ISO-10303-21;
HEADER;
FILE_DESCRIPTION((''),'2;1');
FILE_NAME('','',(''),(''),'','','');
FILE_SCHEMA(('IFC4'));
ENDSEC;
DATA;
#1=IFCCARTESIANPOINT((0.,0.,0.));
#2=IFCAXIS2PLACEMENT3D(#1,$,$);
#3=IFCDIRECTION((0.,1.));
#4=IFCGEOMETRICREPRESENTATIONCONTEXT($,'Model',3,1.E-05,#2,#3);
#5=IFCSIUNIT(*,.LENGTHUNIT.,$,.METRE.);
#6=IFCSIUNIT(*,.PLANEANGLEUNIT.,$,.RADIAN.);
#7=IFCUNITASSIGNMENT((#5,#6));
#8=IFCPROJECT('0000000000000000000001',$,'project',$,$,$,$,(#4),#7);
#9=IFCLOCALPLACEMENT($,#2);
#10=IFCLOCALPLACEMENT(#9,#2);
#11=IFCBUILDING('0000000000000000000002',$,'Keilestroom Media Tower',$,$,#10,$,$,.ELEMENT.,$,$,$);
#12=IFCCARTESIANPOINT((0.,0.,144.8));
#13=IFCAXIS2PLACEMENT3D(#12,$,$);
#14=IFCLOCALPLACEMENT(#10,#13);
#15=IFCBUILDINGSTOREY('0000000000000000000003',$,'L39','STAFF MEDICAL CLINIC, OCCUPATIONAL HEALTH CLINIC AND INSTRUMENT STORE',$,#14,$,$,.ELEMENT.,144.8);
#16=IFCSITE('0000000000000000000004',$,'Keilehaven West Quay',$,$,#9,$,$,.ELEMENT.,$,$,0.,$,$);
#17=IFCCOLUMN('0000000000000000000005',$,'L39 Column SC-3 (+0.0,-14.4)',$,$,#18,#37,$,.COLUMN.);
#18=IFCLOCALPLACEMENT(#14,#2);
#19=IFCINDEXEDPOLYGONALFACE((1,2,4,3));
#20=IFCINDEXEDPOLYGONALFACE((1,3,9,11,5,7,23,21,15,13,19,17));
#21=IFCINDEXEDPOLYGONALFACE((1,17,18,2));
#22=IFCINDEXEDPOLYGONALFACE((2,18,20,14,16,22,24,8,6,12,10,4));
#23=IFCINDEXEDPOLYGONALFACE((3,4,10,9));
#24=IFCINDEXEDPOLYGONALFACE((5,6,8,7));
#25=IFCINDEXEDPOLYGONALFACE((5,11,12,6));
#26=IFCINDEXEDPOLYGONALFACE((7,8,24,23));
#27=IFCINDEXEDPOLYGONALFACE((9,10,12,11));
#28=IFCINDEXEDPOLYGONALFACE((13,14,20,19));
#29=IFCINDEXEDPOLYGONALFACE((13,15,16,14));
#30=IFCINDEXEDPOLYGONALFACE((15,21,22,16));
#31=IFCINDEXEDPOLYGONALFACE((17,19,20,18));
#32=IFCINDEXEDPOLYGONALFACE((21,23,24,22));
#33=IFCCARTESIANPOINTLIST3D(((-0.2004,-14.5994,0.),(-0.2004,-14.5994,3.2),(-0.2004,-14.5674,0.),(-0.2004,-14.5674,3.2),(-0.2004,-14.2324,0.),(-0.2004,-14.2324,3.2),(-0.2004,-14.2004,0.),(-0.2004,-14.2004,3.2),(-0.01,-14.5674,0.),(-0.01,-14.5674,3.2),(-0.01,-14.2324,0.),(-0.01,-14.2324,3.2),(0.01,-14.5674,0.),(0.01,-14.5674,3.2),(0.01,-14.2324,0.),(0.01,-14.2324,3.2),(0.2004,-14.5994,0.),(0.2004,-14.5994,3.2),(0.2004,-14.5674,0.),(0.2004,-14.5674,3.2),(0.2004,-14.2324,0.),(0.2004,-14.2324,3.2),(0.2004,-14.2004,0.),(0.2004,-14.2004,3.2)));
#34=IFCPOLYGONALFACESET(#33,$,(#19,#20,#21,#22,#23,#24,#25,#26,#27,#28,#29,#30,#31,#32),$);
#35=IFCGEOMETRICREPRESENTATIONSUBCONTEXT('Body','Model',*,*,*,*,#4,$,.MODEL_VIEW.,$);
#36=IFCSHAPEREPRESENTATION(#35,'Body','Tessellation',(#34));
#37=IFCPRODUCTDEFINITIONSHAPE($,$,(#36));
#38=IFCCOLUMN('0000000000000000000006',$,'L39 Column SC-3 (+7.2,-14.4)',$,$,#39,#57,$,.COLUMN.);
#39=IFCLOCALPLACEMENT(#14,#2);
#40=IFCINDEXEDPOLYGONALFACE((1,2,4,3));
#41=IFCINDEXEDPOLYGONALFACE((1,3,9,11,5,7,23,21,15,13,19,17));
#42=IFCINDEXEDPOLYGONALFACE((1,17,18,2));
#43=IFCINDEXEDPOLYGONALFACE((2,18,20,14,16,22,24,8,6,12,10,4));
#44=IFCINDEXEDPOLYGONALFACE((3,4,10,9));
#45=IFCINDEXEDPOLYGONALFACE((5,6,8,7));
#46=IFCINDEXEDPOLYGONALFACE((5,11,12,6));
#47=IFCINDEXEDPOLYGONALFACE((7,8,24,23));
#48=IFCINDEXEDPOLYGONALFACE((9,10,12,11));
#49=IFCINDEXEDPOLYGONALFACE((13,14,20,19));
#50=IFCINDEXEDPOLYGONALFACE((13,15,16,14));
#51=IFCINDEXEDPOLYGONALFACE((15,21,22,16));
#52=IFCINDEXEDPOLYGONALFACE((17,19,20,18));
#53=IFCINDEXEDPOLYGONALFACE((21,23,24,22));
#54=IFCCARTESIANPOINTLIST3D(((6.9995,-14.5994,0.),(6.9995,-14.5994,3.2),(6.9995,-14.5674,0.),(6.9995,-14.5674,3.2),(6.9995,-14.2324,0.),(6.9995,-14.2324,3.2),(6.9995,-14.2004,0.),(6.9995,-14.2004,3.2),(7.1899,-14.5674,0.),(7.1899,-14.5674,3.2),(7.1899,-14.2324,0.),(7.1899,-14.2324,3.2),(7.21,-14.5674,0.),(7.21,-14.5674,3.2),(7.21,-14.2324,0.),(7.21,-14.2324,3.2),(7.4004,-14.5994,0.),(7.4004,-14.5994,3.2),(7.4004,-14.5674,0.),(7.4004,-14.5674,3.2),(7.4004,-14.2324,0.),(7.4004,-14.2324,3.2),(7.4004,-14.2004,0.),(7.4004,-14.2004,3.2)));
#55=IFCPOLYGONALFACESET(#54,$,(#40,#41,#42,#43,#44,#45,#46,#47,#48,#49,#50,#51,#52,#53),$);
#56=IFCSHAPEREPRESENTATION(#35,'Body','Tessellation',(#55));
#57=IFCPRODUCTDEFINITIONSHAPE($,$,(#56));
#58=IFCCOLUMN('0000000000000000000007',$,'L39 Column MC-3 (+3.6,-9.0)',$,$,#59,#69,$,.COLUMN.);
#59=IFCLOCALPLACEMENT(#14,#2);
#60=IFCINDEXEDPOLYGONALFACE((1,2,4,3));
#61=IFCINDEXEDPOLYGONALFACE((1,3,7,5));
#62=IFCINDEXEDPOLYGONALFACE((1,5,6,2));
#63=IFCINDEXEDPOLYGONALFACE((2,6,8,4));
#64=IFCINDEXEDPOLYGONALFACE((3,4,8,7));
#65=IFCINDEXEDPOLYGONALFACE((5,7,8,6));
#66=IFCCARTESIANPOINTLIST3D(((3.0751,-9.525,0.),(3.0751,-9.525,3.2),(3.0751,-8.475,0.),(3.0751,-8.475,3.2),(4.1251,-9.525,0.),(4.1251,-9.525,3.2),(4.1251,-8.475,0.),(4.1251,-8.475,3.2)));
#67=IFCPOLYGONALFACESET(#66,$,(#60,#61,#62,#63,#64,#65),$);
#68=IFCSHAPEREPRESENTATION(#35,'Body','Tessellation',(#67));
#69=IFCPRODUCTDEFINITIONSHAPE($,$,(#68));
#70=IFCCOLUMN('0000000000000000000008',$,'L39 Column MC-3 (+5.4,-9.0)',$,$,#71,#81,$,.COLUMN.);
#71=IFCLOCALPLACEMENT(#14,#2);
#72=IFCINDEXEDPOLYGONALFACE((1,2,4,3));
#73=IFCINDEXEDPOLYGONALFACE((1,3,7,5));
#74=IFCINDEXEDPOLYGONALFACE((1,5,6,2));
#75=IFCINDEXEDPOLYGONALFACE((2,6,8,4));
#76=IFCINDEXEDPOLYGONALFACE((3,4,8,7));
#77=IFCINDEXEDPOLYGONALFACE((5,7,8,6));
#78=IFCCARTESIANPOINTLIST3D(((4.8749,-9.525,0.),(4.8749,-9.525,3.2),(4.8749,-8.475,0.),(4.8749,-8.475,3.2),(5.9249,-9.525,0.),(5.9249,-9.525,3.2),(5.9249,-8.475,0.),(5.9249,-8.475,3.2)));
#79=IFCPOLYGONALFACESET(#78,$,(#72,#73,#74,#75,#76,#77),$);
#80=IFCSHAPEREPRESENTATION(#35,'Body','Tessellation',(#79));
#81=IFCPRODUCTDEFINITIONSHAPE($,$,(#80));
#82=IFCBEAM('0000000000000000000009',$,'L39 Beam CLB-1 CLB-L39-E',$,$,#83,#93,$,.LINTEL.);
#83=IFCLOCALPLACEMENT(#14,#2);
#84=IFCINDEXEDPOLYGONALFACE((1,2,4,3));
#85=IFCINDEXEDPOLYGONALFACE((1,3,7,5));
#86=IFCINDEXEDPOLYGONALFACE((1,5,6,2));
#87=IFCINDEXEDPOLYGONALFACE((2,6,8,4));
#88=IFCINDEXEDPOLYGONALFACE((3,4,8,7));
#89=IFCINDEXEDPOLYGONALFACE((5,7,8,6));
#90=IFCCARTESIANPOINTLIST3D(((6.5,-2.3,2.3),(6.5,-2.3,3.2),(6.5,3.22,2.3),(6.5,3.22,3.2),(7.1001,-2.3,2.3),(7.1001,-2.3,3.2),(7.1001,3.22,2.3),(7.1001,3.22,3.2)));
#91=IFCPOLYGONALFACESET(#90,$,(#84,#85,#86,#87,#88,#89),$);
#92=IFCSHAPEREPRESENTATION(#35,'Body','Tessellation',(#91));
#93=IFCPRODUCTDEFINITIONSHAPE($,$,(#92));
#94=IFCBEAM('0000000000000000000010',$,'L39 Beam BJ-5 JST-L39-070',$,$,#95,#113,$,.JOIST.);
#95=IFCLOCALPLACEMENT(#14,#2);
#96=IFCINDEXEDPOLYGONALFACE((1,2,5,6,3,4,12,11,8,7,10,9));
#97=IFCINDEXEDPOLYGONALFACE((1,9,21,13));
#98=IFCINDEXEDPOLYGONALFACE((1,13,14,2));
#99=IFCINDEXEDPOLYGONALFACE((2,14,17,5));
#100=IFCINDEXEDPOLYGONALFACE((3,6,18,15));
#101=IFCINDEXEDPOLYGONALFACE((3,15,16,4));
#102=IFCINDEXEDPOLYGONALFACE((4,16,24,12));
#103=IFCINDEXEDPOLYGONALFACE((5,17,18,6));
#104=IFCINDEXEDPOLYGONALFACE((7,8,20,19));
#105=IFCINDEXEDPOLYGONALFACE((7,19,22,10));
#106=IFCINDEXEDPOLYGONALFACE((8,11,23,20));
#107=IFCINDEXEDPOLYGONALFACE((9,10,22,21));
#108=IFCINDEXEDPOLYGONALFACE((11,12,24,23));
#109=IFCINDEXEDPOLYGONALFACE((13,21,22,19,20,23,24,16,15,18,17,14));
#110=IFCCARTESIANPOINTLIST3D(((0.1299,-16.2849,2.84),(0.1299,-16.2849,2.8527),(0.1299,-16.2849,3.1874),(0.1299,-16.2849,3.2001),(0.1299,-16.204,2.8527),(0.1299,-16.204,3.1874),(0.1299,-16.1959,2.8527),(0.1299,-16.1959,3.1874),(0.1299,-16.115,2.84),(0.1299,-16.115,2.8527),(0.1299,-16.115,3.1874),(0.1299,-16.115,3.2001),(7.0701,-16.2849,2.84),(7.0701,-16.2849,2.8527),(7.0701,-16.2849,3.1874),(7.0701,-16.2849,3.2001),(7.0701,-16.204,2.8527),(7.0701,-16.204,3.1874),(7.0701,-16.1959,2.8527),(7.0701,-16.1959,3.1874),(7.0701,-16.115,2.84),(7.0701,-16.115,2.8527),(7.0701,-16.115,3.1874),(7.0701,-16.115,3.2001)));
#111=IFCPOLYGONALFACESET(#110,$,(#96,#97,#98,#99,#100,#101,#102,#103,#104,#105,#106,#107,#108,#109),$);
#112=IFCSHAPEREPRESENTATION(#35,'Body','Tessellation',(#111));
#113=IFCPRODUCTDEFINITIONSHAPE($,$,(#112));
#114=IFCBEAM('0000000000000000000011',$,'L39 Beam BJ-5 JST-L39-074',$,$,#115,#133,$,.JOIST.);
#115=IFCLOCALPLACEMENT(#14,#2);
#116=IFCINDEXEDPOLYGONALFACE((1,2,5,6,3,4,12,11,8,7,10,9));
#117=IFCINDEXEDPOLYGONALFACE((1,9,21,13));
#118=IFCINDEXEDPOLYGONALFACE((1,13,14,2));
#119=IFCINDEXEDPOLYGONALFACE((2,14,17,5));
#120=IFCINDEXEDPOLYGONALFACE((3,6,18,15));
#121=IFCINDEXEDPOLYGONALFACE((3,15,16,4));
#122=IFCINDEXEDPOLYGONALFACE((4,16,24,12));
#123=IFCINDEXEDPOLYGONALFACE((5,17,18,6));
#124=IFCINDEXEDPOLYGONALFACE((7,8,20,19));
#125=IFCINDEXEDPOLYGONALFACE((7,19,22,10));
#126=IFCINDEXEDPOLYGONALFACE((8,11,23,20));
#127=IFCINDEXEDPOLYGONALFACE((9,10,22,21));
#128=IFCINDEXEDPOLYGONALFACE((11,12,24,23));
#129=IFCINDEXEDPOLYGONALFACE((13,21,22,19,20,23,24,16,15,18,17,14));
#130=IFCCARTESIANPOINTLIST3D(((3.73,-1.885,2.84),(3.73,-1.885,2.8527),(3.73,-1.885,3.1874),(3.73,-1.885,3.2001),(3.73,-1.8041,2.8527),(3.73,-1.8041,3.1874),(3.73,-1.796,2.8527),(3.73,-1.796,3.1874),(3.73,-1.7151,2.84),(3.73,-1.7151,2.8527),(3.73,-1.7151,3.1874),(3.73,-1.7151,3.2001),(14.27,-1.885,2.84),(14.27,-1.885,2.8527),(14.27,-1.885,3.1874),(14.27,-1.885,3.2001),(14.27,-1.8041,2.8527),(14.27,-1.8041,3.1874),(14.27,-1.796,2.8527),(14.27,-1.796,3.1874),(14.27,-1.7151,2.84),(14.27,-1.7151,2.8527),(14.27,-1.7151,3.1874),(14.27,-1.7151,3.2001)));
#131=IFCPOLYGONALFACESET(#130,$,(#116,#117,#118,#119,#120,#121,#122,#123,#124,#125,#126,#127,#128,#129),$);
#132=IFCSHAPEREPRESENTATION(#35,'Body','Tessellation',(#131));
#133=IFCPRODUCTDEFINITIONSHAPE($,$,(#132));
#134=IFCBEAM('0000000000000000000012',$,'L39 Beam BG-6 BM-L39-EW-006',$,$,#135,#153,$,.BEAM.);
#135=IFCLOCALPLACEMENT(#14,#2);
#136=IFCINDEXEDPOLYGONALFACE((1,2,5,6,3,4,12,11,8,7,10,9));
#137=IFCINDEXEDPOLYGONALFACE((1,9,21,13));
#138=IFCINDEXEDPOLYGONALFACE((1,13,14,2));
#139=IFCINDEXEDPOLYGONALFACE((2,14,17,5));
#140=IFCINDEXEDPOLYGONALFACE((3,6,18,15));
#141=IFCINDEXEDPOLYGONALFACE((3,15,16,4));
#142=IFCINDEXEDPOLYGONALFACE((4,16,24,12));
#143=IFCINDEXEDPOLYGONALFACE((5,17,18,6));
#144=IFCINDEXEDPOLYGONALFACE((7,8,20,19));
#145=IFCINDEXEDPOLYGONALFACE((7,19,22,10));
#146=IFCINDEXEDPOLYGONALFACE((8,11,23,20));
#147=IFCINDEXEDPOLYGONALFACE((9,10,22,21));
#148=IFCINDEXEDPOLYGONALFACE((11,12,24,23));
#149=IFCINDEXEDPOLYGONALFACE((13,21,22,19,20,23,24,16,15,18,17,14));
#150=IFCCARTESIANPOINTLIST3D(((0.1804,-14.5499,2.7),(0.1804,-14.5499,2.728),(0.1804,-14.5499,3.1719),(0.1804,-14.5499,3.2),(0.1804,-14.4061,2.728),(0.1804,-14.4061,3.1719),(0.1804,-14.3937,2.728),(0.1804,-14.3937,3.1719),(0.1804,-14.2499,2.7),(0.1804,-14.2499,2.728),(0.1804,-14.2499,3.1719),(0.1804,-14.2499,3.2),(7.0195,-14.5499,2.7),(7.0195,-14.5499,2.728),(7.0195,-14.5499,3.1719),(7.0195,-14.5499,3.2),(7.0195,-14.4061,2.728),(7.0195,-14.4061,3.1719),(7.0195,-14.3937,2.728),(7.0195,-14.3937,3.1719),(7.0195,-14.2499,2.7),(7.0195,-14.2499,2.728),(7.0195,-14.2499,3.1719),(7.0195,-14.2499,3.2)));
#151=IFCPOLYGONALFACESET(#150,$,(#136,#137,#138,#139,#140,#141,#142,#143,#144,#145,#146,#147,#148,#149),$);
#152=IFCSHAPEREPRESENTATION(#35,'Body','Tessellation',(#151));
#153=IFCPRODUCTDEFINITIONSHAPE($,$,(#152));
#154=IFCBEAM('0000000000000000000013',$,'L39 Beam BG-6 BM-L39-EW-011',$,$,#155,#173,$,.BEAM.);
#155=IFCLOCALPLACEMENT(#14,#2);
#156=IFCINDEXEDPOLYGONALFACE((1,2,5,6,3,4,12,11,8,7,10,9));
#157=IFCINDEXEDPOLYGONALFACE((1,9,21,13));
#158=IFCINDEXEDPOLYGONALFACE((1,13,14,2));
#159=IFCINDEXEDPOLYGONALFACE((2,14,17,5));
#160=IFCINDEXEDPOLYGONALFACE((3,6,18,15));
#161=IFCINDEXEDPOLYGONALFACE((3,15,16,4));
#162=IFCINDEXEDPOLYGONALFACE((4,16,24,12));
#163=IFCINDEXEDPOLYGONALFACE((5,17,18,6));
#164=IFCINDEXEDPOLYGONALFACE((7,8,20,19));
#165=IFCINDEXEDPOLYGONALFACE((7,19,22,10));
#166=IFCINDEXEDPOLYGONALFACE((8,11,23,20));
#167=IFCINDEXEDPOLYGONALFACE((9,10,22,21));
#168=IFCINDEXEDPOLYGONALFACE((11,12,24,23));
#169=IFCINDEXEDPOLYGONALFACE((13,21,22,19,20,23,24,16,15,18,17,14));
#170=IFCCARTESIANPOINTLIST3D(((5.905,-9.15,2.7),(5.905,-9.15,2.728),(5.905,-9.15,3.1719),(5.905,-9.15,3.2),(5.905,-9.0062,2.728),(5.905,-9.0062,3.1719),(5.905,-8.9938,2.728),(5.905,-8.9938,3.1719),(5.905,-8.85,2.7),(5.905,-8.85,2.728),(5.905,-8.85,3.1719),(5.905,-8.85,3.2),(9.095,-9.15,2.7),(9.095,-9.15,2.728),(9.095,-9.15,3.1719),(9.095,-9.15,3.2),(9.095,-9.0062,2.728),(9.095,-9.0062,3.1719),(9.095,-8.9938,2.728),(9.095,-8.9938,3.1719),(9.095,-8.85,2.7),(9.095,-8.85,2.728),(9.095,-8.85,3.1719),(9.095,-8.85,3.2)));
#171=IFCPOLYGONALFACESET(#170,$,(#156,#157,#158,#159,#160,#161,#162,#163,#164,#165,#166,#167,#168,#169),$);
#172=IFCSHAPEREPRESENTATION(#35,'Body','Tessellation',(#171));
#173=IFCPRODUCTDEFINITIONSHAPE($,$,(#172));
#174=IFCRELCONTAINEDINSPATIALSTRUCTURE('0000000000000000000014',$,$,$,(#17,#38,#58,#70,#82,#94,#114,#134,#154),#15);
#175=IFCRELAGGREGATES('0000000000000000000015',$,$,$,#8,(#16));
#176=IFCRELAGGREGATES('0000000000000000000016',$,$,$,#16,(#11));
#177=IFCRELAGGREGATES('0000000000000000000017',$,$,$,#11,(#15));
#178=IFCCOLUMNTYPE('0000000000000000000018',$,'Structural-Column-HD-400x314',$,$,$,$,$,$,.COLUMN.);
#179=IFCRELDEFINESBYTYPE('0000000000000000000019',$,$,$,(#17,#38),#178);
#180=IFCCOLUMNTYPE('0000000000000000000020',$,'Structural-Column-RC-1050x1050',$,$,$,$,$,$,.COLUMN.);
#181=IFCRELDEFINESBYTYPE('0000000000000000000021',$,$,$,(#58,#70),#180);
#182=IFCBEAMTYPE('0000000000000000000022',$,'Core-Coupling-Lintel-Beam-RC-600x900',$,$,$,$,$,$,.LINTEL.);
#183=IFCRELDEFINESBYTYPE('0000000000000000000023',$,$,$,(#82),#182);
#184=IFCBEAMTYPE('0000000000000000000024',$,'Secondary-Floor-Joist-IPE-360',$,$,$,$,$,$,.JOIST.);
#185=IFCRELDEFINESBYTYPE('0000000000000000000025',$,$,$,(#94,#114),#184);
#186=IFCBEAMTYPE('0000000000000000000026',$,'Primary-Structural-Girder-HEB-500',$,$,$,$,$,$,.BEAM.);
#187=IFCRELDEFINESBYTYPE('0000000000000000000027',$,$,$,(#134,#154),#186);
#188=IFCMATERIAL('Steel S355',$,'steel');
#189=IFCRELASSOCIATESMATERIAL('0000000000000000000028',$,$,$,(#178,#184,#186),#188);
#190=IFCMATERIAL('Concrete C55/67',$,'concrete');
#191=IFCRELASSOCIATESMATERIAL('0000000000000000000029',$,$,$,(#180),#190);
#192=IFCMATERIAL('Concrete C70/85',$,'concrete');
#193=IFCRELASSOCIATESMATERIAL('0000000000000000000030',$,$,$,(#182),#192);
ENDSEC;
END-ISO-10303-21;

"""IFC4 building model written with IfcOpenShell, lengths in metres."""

from ifc_helpers import new_model, si_unit, direction, frame, origin, origin_2d, place, context, subcontext, project, spatial, rectangle, i_section, extrude, source, transform, mapped, material, material_profile, profile_set, type_object, element, save


model = new_model("IFC4")

# Units and contexts
model_context = context("Model", 3, precision=1e-05, world=origin(), true_north=direction((0.0, 1.0)))
body_context = subcontext(model_context, "Body", "Model", "MODEL_VIEW")
ifc_project = project(units=[si_unit("LENGTHUNIT", "METRE"), si_unit("PLANEANGLEUNIT", "RADIAN")], contexts=[model_context])

# Site, building, storey
site_placement = place(None, origin())
site = spatial("IfcSite", under=ifc_project, at=site_placement, Name="Keilehaven West Quay", CompositionType="ELEMENT", RefElevation=0.0)
building_placement = place(site_placement, origin())
building = spatial("IfcBuilding", under=site, at=building_placement, Name="Keilestroom Media Tower", CompositionType="ELEMENT")
storey_placement = place(building_placement, frame((0.0, 0.0, 144.8)))
storey = spatial("IfcBuildingStorey", under=building, at=storey_placement, Name="L39", Description="STAFF MEDICAL CLINIC, OCCUPATIONAL HEALTH CLINIC AND INSTRUMENT STORE", CompositionType="ELEMENT", Elevation=144.8)

# Columns
ifc_material_1 = material(Name="Steel S355", Category="steel")
ifc_material_profile_1 = material_profile(ifc_material_1, i_section(OverallWidth=0.4009, OverallDepth=0.3989, WebThickness=0.02, FlangeThickness=0.032, at=origin_2d()), Name="HD 400x314")
ifc_profile_set_1 = profile_set([ifc_material_profile_1], Name="Steel S355")
column_type_1 = type_object("IfcColumnType", Name="Structural-Column-HD-400x314", PredefinedType="COLUMN", material=ifc_profile_set_1)
shared_shape_1 = source(origin(), body_context, "Body", "SweptSolid", [
    extrude(i_section(OverallWidth=0.4009, OverallDepth=0.3989, WebThickness=0.02, FlangeThickness=0.032, at=origin_2d()), origin(), (0.0, 0.0, 1.0), 3.2),
])
for number, where, z_axis, x_axis, name in (
    (1, (0.0, -14.3999, 0.0), (0.0, 0.0, 1.0), (1.0, 0.0, 0.0), "L39 Column SC-3 (+0.0,-14.4)"),
    (2, (7.2, -14.3999, 0.0), (0.0, 0.0, 1.0), (1.0, 0.0, 0.0), "L39 Column SC-3 (+7.2,-14.4)"),
):
    element("IfcColumn", number, at=place(storey_placement, frame(where, z_axis=z_axis, x_axis=x_axis)), inside=storey, type_object=column_type_1, Name=name, PredefinedType="COLUMN", context=body_context, shape_type="MappedRepresentation", body=[
        mapped(shared_shape_1, transform((0.0, 0.0, 0.0), x_axis=(1.0, 0.0, 0.0), y_axis=(0.0, 1.0, 0.0), z_axis=(0.0, 0.0, 1.0), scale=1.0)),
    ])
ifc_material_2 = material(Name="Concrete C55/67", Category="concrete")
ifc_material_profile_2 = material_profile(ifc_material_2, rectangle(XDim=1.05, YDim=1.05, at=origin_2d()), Name="RC 1050x1050")
ifc_profile_set_2 = profile_set([ifc_material_profile_2], Name="Concrete C55/67")
column_type_2 = type_object("IfcColumnType", Name="Structural-Column-RC-1050x1050", PredefinedType="COLUMN", material=ifc_profile_set_2)
shared_shape_2 = source(origin(), body_context, "Body", "SweptSolid", [
    extrude(rectangle(XDim=1.05, YDim=1.05, at=origin_2d()), origin(), (0.0, 0.0, 1.0), 3.2),
])
for number, where, z_axis, x_axis, name in (
    (3, (3.6001, -9.0, 0.0), (0.0, 0.0, 1.0), (1.0, 0.0, 0.0), "L39 Column MC-3 (+3.6,-9.0)"),
    (4, (5.3999, -9.0, 0.0), (0.0, 0.0, 1.0), (1.0, 0.0, 0.0), "L39 Column MC-3 (+5.4,-9.0)"),
):
    element("IfcColumn", number, at=place(storey_placement, frame(where, z_axis=z_axis, x_axis=x_axis)), inside=storey, type_object=column_type_2, Name=name, PredefinedType="COLUMN", context=body_context, shape_type="MappedRepresentation", body=[
        mapped(shared_shape_2, transform((0.0, 0.0, 0.0), x_axis=(1.0, 0.0, 0.0), y_axis=(0.0, 1.0, 0.0), z_axis=(0.0, 0.0, 1.0), scale=1.0)),
    ])

# Beams
ifc_material_3 = material(Name="Concrete C70/85", Category="concrete")
ifc_material_profile_3 = material_profile(ifc_material_3, rectangle(XDim=0.6001, YDim=0.8999, at=origin_2d()), Name="RC 600x900")
ifc_profile_set_3 = profile_set([ifc_material_profile_3], Name="Concrete C70/85")
beam_type_1 = type_object("IfcBeamType", Name="Core-Coupling-Lintel-Beam-RC-600x900", PredefinedType="LINTEL", material=ifc_profile_set_3)
shared_shape_3 = source(origin(), body_context, "Body", "SweptSolid", [
    extrude(rectangle(XDim=0.6001, YDim=0.8999, at=origin_2d()), origin(), (0.0, 0.0, 1.0), 5.52),
])
beam_1_placement = place(storey_placement, frame((6.8, -2.3, 2.75), z_axis=(0.0, 1.0, 0.0), x_axis=(-1.0, 0.0, 0.0)))
element("IfcBeam", 5, at=beam_1_placement, inside=storey, type_object=beam_type_1, Name="L39 Beam CLB-1 CLB-L39-E", PredefinedType="LINTEL", context=body_context, shape_type="MappedRepresentation", body=[
    mapped(shared_shape_3, transform((0.0, 0.0, 0.0), x_axis=(1.0, 0.0, 0.0), y_axis=(0.0, 1.0, 0.0), z_axis=(0.0, 0.0, 1.0), scale=1.0)),
])
ifc_material_profile_4 = material_profile(ifc_material_1, i_section(OverallWidth=0.1699, OverallDepth=0.3601, WebThickness=0.0081, FlangeThickness=0.0127, at=origin_2d()), Name="IPE 360")
ifc_profile_set_4 = profile_set([ifc_material_profile_4], Name="Steel S355")
beam_type_2 = type_object("IfcBeamType", Name="Secondary-Floor-Joist-IPE-360", PredefinedType="JOIST", material=ifc_profile_set_4)
shared_shape_4 = source(origin(), body_context, "Body", "SweptSolid", [
    extrude(i_section(OverallWidth=0.1699, OverallDepth=0.3601, WebThickness=0.0081, FlangeThickness=0.0127, at=origin_2d()), origin(), (0.0, 0.0, 1.0), 6.9402),
])
beam_2_placement = place(storey_placement, frame((0.1299, -16.2, 3.02), z_axis=(1.0, 0.0, 0.0), x_axis=(0.0, 1.0, 0.0)))
element("IfcBeam", 6, at=beam_2_placement, inside=storey, type_object=beam_type_2, Name="L39 Beam BJ-5 JST-L39-070", PredefinedType="JOIST", context=body_context, shape_type="MappedRepresentation", body=[
    mapped(shared_shape_4, transform((0.0, 0.0, 0.0), x_axis=(1.0, 0.0, 0.0), y_axis=(0.0, 1.0, 0.0), z_axis=(0.0, 0.0, 1.0), scale=1.0)),
])
shared_shape_5 = source(origin(), body_context, "Body", "SweptSolid", [
    extrude(i_section(OverallWidth=0.1699, OverallDepth=0.3601, WebThickness=0.0081, FlangeThickness=0.0127, at=origin_2d()), origin(), (0.0, 0.0, 1.0), 10.54),
])
beam_3_placement = place(storey_placement, frame((3.73, -1.8, 3.02), z_axis=(1.0, 0.0, 0.0), x_axis=(0.0, 1.0, 0.0)))
element("IfcBeam", 7, at=beam_3_placement, inside=storey, type_object=beam_type_2, Name="L39 Beam BJ-5 JST-L39-074", PredefinedType="JOIST", context=body_context, shape_type="MappedRepresentation", body=[
    mapped(shared_shape_5, transform((0.0, 0.0, 0.0), x_axis=(1.0, 0.0, 0.0), y_axis=(0.0, 1.0, 0.0), z_axis=(0.0, 0.0, 1.0), scale=1.0)),
])
ifc_material_profile_5 = material_profile(ifc_material_1, i_section(OverallWidth=0.3, OverallDepth=0.5, WebThickness=0.0125, FlangeThickness=0.0281, at=origin_2d()), Name="HEB 500")
ifc_profile_set_5 = profile_set([ifc_material_profile_5], Name="Steel S355")
beam_type_3 = type_object("IfcBeamType", Name="Primary-Structural-Girder-HEB-500", PredefinedType="BEAM", material=ifc_profile_set_5)
shared_shape_6 = source(origin(), body_context, "Body", "SweptSolid", [
    extrude(i_section(OverallWidth=0.3, OverallDepth=0.5, WebThickness=0.0125, FlangeThickness=0.0281, at=origin_2d()), origin(), (0.0, 0.0, 1.0), 6.8391),
])
beam_4_placement = place(storey_placement, frame((0.1804, -14.3999, 2.95), z_axis=(1.0, 0.0, 0.0), x_axis=(0.0, 1.0, 0.0)))
element("IfcBeam", 8, at=beam_4_placement, inside=storey, type_object=beam_type_3, Name="L39 Beam BG-6 BM-L39-EW-006", PredefinedType="BEAM", context=body_context, shape_type="MappedRepresentation", body=[
    mapped(shared_shape_6, transform((0.0, 0.0, 0.0), x_axis=(1.0, 0.0, 0.0), y_axis=(0.0, 1.0, 0.0), z_axis=(0.0, 0.0, 1.0), scale=1.0)),
])
shared_shape_7 = source(origin(), body_context, "Body", "SweptSolid", [
    extrude(i_section(OverallWidth=0.3, OverallDepth=0.5, WebThickness=0.0125, FlangeThickness=0.0281, at=origin_2d()), origin(), (0.0, 0.0, 1.0), 3.1899),
])
beam_5_placement = place(storey_placement, frame((5.905, -9.0, 2.95), z_axis=(1.0, 0.0, 0.0), x_axis=(0.0, 1.0, 0.0)))
element("IfcBeam", 9, at=beam_5_placement, inside=storey, type_object=beam_type_3, Name="L39 Beam BG-6 BM-L39-EW-011", PredefinedType="BEAM", context=body_context, shape_type="MappedRepresentation", body=[
    mapped(shared_shape_7, transform((0.0, 0.0, 0.0), x_axis=(1.0, 0.0, 0.0), y_axis=(0.0, 1.0, 0.0), z_axis=(0.0, 0.0, 1.0), scale=1.0)),
])

save(model, "model.ifc")
